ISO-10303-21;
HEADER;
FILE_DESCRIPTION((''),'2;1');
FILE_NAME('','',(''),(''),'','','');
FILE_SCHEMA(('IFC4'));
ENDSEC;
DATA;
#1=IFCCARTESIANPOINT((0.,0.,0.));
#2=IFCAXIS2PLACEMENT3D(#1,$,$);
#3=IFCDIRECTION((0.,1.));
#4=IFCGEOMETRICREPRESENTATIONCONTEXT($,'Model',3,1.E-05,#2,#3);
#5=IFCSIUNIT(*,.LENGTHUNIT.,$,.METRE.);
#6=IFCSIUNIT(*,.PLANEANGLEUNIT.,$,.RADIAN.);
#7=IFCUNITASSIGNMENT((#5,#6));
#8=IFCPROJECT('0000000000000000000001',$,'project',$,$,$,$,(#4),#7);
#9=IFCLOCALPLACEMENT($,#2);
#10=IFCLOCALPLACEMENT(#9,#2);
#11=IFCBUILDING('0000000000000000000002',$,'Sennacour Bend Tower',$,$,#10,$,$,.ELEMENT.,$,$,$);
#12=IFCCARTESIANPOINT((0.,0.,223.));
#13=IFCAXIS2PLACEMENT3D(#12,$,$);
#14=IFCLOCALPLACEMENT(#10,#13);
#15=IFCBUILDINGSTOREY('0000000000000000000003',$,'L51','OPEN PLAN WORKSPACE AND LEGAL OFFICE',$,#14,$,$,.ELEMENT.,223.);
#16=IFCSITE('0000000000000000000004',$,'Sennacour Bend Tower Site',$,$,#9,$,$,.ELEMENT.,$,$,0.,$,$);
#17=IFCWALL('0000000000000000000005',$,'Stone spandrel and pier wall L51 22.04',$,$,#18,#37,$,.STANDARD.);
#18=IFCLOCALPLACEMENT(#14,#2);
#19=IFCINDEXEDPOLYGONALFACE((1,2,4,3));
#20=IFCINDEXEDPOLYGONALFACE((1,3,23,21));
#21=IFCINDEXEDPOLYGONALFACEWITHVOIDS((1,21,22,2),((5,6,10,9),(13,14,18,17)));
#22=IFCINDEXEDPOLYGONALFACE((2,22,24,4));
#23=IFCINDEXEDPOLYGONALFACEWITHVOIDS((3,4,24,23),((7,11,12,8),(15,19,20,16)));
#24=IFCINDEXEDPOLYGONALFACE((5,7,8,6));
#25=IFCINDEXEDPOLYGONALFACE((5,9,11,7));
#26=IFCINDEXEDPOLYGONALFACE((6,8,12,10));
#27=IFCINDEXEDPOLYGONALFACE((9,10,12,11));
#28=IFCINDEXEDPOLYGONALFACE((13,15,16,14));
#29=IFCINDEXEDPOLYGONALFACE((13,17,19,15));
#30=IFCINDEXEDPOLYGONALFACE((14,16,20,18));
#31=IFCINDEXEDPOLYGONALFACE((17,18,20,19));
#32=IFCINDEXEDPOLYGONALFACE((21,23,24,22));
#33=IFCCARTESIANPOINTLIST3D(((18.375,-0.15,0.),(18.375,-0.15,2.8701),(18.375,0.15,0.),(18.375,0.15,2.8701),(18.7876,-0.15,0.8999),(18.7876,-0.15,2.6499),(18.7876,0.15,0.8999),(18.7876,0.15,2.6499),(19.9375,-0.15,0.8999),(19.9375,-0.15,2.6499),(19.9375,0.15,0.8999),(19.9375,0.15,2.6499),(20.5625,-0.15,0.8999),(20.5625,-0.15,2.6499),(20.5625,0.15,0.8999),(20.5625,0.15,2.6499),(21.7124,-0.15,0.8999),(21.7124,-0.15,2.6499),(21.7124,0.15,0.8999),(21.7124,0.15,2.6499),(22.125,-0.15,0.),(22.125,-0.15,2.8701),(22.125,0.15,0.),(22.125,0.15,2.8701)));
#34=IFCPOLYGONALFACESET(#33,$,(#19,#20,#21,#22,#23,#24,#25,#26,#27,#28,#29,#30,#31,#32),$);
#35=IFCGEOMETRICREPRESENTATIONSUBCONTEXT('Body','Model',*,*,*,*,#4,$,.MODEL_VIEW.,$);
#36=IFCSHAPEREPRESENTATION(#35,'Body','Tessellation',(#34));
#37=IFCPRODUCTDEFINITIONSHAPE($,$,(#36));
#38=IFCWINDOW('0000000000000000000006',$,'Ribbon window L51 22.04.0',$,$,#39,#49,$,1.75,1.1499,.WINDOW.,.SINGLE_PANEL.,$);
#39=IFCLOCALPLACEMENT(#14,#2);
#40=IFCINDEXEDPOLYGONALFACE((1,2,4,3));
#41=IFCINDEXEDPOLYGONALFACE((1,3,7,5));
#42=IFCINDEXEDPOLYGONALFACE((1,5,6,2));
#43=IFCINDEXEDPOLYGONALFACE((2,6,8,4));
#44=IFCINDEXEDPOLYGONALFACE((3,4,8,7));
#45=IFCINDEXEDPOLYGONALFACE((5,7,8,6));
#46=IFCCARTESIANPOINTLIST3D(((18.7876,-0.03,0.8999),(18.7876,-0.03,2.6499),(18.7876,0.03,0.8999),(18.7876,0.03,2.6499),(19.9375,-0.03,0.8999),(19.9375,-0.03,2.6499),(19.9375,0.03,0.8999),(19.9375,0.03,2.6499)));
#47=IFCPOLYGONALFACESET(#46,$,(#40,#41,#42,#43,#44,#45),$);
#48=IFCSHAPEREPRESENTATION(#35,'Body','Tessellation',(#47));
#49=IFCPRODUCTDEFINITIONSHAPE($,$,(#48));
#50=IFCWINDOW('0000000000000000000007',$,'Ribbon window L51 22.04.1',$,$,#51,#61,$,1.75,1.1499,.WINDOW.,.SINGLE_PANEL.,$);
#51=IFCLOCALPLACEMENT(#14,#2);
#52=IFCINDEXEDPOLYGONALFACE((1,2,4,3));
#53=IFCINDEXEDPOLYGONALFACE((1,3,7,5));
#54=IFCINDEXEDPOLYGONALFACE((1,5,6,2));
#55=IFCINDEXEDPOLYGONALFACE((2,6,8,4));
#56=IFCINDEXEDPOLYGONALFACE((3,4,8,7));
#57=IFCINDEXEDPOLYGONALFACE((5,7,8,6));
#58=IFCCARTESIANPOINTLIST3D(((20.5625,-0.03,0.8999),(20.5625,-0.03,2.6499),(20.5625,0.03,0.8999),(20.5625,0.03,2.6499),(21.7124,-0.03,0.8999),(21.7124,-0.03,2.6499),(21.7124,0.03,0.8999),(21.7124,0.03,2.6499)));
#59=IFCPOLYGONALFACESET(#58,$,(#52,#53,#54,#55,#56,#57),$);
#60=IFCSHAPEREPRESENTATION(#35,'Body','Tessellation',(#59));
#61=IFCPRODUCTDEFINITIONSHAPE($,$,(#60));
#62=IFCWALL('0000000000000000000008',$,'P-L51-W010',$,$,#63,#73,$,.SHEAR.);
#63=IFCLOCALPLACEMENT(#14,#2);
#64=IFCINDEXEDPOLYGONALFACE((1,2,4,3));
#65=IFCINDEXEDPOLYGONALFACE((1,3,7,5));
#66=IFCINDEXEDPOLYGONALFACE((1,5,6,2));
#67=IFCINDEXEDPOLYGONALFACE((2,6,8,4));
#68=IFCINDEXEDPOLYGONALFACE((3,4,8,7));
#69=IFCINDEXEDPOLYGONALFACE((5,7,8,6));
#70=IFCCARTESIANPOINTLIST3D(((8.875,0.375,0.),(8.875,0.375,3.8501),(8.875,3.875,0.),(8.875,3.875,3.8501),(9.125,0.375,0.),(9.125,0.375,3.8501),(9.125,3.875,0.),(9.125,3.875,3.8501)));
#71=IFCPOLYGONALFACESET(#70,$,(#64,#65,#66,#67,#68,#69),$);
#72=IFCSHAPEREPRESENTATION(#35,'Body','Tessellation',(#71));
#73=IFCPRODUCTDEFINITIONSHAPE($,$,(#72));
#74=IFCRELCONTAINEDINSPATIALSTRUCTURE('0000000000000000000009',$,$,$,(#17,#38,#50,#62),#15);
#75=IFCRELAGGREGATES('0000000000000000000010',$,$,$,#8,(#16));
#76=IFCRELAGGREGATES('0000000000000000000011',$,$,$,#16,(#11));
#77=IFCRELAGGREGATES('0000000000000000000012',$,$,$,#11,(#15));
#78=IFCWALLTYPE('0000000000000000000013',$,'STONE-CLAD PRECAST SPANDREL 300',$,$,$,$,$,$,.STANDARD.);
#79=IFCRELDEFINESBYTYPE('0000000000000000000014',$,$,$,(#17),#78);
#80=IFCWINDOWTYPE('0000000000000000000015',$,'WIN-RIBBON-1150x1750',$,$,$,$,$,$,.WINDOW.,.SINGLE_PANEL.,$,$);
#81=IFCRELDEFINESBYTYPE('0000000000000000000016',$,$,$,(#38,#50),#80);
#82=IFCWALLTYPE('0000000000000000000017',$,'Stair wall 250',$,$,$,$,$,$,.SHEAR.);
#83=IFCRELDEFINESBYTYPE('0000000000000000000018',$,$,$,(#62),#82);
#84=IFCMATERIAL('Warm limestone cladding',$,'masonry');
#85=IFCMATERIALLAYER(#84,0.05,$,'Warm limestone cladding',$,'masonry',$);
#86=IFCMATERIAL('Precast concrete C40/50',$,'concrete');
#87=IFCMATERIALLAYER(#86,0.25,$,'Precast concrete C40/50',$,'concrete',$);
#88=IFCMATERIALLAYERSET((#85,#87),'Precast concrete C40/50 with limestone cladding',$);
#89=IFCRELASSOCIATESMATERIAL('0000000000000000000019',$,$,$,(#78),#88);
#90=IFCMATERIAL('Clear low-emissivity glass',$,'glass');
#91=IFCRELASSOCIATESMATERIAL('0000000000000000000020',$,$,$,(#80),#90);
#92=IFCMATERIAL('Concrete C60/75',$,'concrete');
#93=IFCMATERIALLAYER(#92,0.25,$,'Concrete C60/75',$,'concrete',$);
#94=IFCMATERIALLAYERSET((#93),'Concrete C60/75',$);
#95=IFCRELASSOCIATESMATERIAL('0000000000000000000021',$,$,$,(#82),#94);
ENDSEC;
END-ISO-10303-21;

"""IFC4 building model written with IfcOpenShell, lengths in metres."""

from ifc_helpers import new_model, si_unit, direction, frame, frame_2d, origin, place, context, subcontext, project, spatial, rectangle, extrude, material, layer, layer_set, type_object, element, fill, save


model = new_model("IFC4")

# Units and contexts
model_context = context("Model", 3, precision=1e-05, world=origin(), true_north=direction((0.0, 1.0)))
body_context = subcontext(model_context, "Body", "Model", "MODEL_VIEW")
ifc_project = project(units=[si_unit("LENGTHUNIT", "METRE"), si_unit("PLANEANGLEUNIT", "RADIAN")], contexts=[model_context])

# Site, building, storey
site_placement = place(None, origin())
site = spatial("IfcSite", under=ifc_project, at=site_placement, Name="Sennacour Bend Tower Site", CompositionType="ELEMENT", RefElevation=0.0)
building_placement = place(site_placement, origin())
building = spatial("IfcBuilding", under=site, at=building_placement, Name="Sennacour Bend Tower", CompositionType="ELEMENT")
storey_placement = place(building_placement, frame((0.0, 0.0, 223.0)))
storey = spatial("IfcBuildingStorey", under=building, at=storey_placement, Name="L51", Description="OPEN PLAN WORKSPACE AND LEGAL OFFICE", CompositionType="ELEMENT", Elevation=223.0)

# Wall, openings, windows
ifc_material_1 = material(Name="Warm limestone cladding", Category="masonry")
ifc_layer_1 = layer(ifc_material_1, 0.05, Name="Warm limestone cladding", Category="masonry")
ifc_material_2 = material(Name="Precast concrete C40/50", Category="concrete")
ifc_layer_2 = layer(ifc_material_2, 0.25, Name="Precast concrete C40/50", Category="concrete")
ifc_layer_set_1 = layer_set([ifc_layer_1, ifc_layer_2], Name="Precast concrete C40/50 with limestone cladding")
wall_type_1 = type_object("IfcWallType", Name="STONE-CLAD PRECAST SPANDREL 300", PredefinedType="STANDARD", material=ifc_layer_set_1)
ifc_material_3 = material(Name="Clear low-emissivity glass", Category="glass")
window_type_1 = type_object("IfcWindowType", Name="WIN-RIBBON-1150x1750", PartitioningType="SINGLE_PANEL", PredefinedType="WINDOW", material=ifc_material_3)
wall_1_placement = place(storey_placement, frame((18.375, 0.0, 0.0), z_axis=(0.0, 0.0, 1.0), x_axis=(1.0, 0.0, 0.0)))
wall_1 = element("IfcWall", 1, at=wall_1_placement, inside=storey, type_object=wall_type_1, Name="Stone spandrel and pier wall L51 22.04", PredefinedType="STANDARD", context=body_context, shape_type="SweptSolid", body=[
    extrude(rectangle(XDim=3.75, YDim=0.3, at=frame_2d((1.875, 0.0))), origin(), (0.0, 0.0, 1.0), 2.8701),
])
opening_1_placement = place(wall_1_placement, frame((0.4126, 0.0, 0.8999)))
opening_1 = element("IfcOpeningElement", 2, at=opening_1_placement, cuts=wall_1, PredefinedType="OPENING", context=body_context, shape_type="SweptSolid", body=[
    extrude(rectangle(XDim=1.1499, YDim=1.75, at=frame_2d((0.575, 0.875))), frame((0.0, 0.1602, 0.0), z_axis=(0.0, -1.0, 0.0), x_axis=(1.0, 0.0, 0.0)), (0.0, 0.0, 1.0), 0.3201),
])
opening_2_placement = place(wall_1_placement, frame((2.1875, 0.0, 0.8999)))
opening_2 = element("IfcOpeningElement", 3, at=opening_2_placement, cuts=wall_1, PredefinedType="OPENING", context=body_context, shape_type="SweptSolid", body=[
    extrude(rectangle(XDim=1.1499, YDim=1.75, at=frame_2d((0.575, 0.875))), frame((0.0, 0.1602, 0.0), z_axis=(0.0, -1.0, 0.0), x_axis=(1.0, 0.0, 0.0)), (0.0, 0.0, 1.0), 0.3201),
])
window_1_placement = place(opening_1_placement, origin())
window_1 = element("IfcWindow", 4, at=window_1_placement, inside=storey, type_object=window_type_1, Name="Ribbon window L51 22.04.0", OverallHeight=1.75, OverallWidth=1.1499, PartitioningType="SINGLE_PANEL", PredefinedType="WINDOW", context=body_context, shape_type="SweptSolid", body=[
    extrude(rectangle(XDim=1.1499, YDim=1.75, at=frame_2d((0.575, 0.875))), frame((0.0, 0.03, 0.0), z_axis=(0.0, -1.0, 0.0), x_axis=(1.0, 0.0, 0.0)), (0.0, 0.0, 1.0), 0.0601),
])
fill(opening_1, window_1)
window_2_placement = place(opening_2_placement, origin())
window_2 = element("IfcWindow", 5, at=window_2_placement, inside=storey, type_object=window_type_1, Name="Ribbon window L51 22.04.1", OverallHeight=1.75, OverallWidth=1.1499, PartitioningType="SINGLE_PANEL", PredefinedType="WINDOW", context=body_context, shape_type="SweptSolid", body=[
    extrude(rectangle(XDim=1.1499, YDim=1.75, at=frame_2d((0.575, 0.875))), frame((0.0, 0.03, 0.0), z_axis=(0.0, -1.0, 0.0), x_axis=(1.0, 0.0, 0.0)), (0.0, 0.0, 1.0), 0.0601),
])
fill(opening_2, window_2)

# Wall
ifc_material_4 = material(Name="Concrete C60/75", Category="concrete")
ifc_layer_3 = layer(ifc_material_4, 0.25, Name="Concrete C60/75", Category="concrete")
ifc_layer_set_2 = layer_set([ifc_layer_3], Name="Concrete C60/75")
wall_type_2 = type_object("IfcWallType", Name="Stair wall 250", PredefinedType="SHEAR", material=ifc_layer_set_2)
wall_2_placement = place(storey_placement, frame((9.0, 0.375, 0.0), z_axis=(0.0, 0.0, 1.0), x_axis=(0.0, 1.0, 0.0)))
element("IfcWall", 6, at=wall_2_placement, inside=storey, type_object=wall_type_2, Name="P-L51-W010", PredefinedType="SHEAR", context=body_context, shape_type="SweptSolid", body=[
    extrude(rectangle(XDim=3.5, YDim=0.25, at=frame_2d((1.75, 0.0))), origin(), (0.0, 0.0, 1.0), 3.8501),
])

save(model, "model.ifc")
